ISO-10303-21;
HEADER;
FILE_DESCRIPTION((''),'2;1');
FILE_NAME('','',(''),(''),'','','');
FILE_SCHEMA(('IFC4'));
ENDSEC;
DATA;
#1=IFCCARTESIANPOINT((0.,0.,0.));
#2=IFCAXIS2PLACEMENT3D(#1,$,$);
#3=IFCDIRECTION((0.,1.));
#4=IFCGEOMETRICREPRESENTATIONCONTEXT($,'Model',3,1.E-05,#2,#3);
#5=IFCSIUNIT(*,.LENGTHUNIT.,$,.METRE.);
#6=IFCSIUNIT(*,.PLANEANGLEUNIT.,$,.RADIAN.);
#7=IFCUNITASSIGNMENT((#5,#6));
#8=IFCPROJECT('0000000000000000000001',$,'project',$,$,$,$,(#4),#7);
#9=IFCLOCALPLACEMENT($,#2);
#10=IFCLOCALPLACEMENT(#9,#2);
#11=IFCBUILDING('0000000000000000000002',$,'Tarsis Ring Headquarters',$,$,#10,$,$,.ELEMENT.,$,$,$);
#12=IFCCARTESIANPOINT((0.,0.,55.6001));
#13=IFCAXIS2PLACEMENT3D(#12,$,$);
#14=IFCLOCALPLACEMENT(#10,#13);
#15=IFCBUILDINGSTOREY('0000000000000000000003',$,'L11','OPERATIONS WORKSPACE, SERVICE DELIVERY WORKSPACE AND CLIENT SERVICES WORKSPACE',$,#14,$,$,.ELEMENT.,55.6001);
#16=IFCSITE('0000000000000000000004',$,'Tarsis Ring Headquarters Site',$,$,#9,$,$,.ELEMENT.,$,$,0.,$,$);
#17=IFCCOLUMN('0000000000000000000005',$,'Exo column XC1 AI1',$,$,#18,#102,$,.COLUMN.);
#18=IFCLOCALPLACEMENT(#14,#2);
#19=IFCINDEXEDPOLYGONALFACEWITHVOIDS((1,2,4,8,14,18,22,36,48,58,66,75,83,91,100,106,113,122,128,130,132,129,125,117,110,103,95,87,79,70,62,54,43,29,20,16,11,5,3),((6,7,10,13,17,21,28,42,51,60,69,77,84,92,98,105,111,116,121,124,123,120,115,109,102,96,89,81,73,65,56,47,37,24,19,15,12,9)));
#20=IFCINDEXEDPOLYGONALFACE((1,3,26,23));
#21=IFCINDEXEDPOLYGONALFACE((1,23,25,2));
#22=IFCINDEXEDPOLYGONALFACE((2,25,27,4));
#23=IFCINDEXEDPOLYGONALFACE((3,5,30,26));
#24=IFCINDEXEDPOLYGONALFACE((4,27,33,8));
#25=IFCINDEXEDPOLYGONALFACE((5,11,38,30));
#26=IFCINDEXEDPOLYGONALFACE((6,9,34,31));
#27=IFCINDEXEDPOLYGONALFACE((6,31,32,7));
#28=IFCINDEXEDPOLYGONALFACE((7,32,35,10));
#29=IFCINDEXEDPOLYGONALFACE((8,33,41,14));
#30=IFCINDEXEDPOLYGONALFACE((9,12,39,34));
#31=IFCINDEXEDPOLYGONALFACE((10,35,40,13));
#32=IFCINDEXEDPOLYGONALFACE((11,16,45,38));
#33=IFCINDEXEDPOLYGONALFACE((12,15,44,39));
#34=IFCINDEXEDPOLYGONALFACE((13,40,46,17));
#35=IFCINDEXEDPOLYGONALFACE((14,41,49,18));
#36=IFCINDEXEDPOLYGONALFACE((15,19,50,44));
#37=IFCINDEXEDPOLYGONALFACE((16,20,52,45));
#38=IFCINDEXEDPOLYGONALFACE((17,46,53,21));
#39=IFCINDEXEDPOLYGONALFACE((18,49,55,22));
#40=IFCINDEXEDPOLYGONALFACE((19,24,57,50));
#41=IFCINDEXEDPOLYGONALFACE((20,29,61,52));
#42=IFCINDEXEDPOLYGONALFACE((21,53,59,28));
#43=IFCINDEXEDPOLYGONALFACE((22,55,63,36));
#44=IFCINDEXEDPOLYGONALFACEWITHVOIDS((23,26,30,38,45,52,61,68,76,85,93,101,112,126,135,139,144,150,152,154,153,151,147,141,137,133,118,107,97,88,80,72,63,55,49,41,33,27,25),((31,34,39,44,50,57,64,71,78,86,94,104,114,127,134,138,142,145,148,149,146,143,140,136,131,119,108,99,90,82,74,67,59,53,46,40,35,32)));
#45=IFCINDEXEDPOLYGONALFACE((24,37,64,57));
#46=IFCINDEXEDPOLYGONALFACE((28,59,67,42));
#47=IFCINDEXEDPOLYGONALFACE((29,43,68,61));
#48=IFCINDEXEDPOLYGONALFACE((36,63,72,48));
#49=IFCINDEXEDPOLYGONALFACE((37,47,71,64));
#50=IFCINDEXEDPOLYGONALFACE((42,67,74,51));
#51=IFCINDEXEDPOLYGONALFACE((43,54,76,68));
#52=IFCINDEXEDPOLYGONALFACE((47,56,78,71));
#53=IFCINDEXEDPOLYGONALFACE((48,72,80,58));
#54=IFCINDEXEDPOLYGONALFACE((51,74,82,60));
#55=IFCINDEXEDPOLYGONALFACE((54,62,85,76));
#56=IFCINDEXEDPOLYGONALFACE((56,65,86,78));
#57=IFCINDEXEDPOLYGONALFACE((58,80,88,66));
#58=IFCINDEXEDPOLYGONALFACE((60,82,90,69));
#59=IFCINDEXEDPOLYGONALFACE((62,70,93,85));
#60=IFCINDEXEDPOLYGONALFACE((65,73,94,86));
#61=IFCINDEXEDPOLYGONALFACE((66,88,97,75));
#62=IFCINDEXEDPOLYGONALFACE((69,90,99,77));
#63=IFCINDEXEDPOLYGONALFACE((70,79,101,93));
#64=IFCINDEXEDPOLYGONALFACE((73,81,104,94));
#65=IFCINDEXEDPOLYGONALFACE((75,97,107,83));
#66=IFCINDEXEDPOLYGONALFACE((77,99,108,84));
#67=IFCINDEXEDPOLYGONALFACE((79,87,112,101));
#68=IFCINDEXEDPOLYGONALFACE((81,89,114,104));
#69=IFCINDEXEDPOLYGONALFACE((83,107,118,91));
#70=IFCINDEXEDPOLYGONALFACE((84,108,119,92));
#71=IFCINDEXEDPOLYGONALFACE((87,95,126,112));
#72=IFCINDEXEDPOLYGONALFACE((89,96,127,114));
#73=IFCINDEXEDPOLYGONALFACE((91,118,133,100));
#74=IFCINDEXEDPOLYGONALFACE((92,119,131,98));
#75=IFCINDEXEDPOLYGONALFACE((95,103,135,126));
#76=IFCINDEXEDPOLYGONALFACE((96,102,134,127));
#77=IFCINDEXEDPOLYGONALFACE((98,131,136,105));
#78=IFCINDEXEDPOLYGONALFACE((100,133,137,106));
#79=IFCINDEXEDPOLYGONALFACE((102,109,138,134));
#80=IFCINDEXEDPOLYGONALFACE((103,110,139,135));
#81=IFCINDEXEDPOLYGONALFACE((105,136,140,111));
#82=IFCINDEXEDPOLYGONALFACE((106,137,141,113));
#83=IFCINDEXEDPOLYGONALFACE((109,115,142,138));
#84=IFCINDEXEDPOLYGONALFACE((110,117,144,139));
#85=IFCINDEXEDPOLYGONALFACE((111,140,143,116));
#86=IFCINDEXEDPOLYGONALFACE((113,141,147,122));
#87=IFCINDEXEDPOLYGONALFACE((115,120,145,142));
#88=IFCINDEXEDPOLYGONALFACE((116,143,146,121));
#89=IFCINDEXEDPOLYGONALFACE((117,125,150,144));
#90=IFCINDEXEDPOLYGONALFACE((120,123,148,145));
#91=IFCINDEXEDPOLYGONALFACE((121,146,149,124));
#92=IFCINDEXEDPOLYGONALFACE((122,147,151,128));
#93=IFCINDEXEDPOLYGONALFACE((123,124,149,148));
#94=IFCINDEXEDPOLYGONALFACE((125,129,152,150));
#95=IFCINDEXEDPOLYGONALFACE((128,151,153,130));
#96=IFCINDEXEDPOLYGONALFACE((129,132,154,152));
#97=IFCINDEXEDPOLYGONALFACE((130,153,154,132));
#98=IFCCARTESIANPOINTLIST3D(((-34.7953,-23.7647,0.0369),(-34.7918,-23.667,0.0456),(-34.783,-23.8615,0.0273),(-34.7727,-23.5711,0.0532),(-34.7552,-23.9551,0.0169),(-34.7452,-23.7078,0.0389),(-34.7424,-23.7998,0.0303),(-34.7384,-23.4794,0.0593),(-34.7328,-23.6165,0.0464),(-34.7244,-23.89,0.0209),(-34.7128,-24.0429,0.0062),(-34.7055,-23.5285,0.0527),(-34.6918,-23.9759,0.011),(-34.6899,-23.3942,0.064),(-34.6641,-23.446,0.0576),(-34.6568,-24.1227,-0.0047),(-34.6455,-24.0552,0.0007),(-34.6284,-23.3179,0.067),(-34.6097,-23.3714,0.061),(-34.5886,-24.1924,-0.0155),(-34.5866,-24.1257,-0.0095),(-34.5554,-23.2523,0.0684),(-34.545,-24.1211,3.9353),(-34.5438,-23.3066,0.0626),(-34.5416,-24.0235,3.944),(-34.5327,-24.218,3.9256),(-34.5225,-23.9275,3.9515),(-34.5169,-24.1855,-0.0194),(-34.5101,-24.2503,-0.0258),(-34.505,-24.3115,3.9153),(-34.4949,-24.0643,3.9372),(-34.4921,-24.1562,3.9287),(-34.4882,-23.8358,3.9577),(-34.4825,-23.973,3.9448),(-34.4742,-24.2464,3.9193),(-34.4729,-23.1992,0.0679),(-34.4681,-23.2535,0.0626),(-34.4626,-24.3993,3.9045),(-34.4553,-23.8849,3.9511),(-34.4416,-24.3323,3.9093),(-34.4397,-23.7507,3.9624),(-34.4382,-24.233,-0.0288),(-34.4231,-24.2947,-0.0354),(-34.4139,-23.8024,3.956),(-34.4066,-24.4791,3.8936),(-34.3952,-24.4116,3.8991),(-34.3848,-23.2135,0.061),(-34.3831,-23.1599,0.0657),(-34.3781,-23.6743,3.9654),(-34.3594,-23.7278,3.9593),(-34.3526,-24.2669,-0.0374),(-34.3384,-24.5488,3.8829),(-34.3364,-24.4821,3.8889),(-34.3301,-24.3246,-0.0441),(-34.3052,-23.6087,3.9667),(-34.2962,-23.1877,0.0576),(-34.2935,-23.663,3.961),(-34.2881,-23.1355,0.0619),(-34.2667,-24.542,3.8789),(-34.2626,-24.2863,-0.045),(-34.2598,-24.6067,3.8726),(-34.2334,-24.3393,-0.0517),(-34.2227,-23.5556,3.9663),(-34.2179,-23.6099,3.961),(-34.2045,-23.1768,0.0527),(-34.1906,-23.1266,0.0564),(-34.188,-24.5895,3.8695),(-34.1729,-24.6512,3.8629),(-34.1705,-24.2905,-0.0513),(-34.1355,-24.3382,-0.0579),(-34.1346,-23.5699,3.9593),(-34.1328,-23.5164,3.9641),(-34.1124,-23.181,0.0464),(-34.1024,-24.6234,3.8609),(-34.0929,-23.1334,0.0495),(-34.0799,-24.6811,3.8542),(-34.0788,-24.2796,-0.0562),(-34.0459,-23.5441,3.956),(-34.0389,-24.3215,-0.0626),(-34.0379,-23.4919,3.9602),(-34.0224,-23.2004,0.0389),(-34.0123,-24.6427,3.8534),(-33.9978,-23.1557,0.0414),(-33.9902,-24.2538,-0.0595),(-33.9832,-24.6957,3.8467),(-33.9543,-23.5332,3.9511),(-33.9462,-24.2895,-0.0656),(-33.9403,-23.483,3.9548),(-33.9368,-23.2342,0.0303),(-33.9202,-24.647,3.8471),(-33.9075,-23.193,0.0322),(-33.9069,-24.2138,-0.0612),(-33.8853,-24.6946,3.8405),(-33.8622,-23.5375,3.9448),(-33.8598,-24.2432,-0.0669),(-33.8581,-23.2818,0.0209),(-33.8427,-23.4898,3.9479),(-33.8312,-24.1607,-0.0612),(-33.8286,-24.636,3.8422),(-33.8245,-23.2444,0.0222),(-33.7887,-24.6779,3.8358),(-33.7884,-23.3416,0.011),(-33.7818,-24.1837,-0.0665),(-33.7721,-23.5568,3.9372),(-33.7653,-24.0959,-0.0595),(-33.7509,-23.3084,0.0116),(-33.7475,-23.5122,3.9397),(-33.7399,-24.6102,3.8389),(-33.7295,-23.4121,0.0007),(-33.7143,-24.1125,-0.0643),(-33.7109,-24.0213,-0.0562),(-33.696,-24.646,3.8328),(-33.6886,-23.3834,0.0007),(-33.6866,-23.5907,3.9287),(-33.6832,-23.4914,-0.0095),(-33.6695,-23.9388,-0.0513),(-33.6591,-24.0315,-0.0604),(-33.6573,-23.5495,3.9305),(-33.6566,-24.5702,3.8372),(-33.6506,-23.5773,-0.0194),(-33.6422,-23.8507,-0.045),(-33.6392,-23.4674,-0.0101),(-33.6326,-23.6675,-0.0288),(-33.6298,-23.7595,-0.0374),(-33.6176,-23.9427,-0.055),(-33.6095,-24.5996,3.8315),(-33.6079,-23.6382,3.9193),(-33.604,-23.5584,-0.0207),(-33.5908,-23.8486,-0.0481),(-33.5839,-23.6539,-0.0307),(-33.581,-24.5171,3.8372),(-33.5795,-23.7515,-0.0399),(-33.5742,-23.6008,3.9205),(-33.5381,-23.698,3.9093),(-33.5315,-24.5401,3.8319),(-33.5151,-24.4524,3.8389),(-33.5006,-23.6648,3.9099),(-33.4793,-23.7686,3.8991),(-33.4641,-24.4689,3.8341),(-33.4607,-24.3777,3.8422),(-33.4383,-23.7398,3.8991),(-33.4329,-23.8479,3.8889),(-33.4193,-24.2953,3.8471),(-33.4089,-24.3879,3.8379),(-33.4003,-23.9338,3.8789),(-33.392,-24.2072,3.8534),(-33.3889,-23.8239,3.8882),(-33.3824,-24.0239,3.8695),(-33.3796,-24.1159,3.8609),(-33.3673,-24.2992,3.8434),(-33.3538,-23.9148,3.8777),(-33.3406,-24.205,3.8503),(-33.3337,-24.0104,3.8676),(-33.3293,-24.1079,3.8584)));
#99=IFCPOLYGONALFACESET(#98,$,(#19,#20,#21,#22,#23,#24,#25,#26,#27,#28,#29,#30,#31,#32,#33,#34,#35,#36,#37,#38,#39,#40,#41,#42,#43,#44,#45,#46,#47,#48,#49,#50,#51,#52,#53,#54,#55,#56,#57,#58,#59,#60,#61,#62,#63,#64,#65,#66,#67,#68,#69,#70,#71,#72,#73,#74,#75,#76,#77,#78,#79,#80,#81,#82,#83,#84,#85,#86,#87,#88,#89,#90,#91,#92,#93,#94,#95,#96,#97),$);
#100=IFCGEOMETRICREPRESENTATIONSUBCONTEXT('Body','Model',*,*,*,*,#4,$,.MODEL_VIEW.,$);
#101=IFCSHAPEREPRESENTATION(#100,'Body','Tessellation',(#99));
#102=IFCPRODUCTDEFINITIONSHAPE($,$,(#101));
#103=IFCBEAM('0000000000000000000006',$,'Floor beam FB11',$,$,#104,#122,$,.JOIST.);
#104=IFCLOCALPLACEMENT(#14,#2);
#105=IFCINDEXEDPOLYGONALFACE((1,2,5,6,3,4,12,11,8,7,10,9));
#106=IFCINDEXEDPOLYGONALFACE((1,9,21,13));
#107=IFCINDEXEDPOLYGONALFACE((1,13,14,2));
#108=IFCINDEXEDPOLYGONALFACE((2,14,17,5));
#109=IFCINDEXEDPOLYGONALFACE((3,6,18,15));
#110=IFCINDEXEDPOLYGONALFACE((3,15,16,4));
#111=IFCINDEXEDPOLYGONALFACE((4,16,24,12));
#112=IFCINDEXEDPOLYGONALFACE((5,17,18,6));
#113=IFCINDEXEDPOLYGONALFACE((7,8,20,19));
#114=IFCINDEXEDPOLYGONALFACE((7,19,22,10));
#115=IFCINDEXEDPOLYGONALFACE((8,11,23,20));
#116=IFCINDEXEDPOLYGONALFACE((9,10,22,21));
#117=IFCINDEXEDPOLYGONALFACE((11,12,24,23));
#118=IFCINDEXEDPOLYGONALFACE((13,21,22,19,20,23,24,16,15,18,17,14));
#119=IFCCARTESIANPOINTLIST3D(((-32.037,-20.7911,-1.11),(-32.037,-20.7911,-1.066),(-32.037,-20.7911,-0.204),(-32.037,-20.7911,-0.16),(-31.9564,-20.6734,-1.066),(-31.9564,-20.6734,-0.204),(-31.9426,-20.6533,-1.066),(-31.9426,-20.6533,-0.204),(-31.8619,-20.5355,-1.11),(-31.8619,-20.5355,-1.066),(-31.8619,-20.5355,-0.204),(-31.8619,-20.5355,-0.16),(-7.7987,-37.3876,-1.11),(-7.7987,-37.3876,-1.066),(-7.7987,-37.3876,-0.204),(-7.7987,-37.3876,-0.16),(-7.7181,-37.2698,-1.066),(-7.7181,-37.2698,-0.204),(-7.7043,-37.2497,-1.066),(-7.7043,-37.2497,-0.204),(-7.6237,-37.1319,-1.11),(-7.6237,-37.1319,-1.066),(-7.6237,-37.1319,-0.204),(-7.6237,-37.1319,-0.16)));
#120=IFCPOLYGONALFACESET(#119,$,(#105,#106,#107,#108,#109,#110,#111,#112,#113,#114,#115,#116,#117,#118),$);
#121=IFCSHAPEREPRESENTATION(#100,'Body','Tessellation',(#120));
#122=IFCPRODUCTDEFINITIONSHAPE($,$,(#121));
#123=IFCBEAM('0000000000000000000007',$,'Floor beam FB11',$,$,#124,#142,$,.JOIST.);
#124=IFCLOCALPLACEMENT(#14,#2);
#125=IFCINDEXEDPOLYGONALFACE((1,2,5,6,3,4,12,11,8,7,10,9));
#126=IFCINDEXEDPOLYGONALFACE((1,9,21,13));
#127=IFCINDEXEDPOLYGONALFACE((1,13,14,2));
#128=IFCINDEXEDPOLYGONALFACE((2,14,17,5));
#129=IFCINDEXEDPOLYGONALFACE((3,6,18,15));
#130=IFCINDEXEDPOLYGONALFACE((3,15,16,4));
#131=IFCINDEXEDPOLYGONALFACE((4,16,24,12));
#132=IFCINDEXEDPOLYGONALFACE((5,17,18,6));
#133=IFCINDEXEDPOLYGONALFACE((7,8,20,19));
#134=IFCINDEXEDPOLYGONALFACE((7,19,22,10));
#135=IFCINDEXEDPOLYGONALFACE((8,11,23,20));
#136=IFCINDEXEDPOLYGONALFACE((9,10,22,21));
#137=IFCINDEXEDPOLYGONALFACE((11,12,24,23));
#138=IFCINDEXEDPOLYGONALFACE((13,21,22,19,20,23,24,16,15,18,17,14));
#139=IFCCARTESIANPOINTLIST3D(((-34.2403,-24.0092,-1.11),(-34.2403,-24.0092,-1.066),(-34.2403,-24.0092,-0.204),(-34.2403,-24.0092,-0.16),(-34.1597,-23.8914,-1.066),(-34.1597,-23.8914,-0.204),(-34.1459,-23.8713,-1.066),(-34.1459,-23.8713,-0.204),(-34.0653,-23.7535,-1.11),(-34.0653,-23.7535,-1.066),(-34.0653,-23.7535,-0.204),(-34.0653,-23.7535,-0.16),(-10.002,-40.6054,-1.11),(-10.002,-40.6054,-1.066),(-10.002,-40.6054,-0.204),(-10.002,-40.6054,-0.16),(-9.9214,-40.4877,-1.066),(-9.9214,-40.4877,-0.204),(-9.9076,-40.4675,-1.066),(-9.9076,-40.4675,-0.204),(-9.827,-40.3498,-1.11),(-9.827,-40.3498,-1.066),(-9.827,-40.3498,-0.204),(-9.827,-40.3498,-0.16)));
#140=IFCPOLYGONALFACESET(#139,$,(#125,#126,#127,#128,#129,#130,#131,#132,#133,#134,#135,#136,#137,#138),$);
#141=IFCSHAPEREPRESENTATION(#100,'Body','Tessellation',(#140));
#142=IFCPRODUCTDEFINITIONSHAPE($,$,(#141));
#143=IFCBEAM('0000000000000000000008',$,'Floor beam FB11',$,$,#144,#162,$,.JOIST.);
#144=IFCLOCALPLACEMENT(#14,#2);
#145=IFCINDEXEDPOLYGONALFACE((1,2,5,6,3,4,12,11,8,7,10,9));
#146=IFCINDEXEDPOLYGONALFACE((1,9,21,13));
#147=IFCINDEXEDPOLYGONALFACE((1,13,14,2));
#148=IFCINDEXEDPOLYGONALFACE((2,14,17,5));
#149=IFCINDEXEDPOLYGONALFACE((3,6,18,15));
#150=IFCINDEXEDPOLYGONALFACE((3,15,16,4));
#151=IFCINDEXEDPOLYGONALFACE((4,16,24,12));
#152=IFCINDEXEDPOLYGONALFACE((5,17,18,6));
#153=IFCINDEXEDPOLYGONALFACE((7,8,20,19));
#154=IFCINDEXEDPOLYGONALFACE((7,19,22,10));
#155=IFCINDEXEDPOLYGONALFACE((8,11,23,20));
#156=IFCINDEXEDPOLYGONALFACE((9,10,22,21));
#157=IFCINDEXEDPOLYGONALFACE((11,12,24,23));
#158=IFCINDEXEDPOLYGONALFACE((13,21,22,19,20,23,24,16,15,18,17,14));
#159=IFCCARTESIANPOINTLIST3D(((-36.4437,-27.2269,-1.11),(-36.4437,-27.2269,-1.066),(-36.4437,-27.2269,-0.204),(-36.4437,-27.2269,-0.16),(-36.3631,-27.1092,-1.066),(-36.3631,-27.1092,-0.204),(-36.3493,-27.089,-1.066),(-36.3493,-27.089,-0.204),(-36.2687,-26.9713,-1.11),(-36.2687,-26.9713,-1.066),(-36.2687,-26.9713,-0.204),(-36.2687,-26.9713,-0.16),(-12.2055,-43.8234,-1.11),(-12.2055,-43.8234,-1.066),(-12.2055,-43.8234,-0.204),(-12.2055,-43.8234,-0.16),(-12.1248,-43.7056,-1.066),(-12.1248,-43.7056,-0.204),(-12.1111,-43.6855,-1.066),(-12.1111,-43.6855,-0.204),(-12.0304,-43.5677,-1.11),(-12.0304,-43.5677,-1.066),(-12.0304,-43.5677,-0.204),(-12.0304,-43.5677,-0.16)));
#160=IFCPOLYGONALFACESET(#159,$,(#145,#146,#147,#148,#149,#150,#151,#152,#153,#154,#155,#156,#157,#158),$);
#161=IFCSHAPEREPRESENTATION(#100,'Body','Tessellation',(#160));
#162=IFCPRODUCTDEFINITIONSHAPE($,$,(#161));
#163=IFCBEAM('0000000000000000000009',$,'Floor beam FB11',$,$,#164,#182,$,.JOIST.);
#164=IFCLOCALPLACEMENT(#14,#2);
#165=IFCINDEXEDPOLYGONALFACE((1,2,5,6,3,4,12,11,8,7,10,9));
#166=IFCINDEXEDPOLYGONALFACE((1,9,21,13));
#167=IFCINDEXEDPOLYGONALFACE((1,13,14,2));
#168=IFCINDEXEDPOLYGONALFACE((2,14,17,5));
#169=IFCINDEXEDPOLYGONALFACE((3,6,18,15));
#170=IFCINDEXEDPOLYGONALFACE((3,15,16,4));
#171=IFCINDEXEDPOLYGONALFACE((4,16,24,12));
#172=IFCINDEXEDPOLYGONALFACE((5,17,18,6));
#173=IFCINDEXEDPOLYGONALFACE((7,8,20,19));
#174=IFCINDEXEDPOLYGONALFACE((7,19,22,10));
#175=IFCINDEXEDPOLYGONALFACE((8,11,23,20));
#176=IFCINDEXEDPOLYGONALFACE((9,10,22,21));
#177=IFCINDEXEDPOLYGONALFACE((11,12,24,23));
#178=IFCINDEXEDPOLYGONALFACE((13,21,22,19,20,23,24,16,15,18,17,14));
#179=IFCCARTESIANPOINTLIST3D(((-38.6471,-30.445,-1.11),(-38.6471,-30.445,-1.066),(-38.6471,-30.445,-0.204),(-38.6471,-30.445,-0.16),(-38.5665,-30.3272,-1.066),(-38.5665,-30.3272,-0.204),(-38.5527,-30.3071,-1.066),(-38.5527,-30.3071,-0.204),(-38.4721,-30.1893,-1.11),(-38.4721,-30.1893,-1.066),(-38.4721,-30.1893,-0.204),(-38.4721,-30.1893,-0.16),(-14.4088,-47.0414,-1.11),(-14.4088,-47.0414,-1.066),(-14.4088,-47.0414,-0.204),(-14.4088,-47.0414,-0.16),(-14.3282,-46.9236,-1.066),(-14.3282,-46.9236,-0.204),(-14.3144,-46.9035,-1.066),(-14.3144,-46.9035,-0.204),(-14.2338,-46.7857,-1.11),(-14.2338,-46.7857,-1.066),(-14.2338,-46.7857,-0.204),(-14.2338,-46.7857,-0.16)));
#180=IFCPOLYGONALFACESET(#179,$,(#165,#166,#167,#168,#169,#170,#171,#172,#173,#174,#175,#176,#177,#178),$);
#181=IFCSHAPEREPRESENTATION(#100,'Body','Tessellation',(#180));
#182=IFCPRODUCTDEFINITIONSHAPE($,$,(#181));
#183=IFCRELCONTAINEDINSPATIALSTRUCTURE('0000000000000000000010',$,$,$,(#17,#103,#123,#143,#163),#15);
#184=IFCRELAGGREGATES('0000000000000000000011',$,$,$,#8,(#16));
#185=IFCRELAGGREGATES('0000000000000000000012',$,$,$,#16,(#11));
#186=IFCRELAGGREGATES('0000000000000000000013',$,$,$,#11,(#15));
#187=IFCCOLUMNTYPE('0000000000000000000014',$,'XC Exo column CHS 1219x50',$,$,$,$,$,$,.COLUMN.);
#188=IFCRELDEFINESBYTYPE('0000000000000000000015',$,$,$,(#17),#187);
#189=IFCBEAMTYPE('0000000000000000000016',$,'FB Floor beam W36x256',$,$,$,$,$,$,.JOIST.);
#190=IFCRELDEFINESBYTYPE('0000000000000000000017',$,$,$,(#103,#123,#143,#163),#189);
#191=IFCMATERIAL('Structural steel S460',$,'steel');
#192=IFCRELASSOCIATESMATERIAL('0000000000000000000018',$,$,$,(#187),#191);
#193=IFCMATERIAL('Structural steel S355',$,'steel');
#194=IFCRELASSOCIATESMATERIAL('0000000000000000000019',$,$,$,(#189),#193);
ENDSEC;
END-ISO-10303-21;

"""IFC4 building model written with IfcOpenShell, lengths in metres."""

from ifc_helpers import new_model, si_unit, direction, frame, origin, origin_2d, place, context, subcontext, project, spatial, hollow_circle, i_section, extrude, material, material_profile, profile_set, type_object, element, save


model = new_model("IFC4")

# Units and contexts
model_context = context("Model", 3, precision=1e-05, world=origin(), true_north=direction((0.0, 1.0)))
body_context = subcontext(model_context, "Body", "Model", "MODEL_VIEW")
ifc_project = project(units=[si_unit("LENGTHUNIT", "METRE"), si_unit("PLANEANGLEUNIT", "RADIAN")], contexts=[model_context])

# Site, building, storey
site_placement = place(None, origin())
site = spatial("IfcSite", under=ifc_project, at=site_placement, Name="Tarsis Ring Headquarters Site", CompositionType="ELEMENT", RefElevation=0.0)
building_placement = place(site_placement, origin())
building = spatial("IfcBuilding", under=site, at=building_placement, Name="Tarsis Ring Headquarters", CompositionType="ELEMENT")
storey_placement = place(building_placement, frame((0.0, 0.0, 55.6001)))
storey = spatial("IfcBuildingStorey", under=building, at=storey_placement, Name="L11", Description="OPERATIONS WORKSPACE, SERVICE DELIVERY WORKSPACE AND CLIENT SERVICES WORKSPACE", CompositionType="ELEMENT", Elevation=55.6001)

# Column
ifc_material_1 = material(Name="Structural steel S460", Category="steel")
ifc_material_profile_1 = material_profile(ifc_material_1, hollow_circle(Radius=0.6096, WallThickness=0.05, at=origin_2d()), Name="CHS 1219x50")
ifc_profile_set_1 = profile_set([ifc_material_profile_1], Name="Structural steel S460")
column_type = type_object("IfcColumnType", Name="XC Exo column CHS 1219x50", PredefinedType="COLUMN", material=ifc_profile_set_1)
column_placement = place(storey_placement, frame((-34.1875, -23.7336, 0.0007), z_axis=(0.063794, -0.090868, 0.993818), x_axis=(0.818441, 0.57459, 0.0)))
element("IfcColumn", 1, at=column_placement, inside=storey, type_object=column_type, Name="Exo column XC1 AI1", PredefinedType="COLUMN", context=body_context, shape_type="SweptSolid", body=[
    extrude(hollow_circle(Radius=0.6096, WallThickness=0.05, at=origin_2d()), origin(), (0.0, 0.0, 1.0), 3.9226),
])

# Beams
ifc_material_2 = material(Name="Structural steel S355", Category="steel")
ifc_material_profile_2 = material_profile(ifc_material_2, i_section(OverallWidth=0.3098, OverallDepth=0.95, WebThickness=0.0244, FlangeThickness=0.0439, at=origin_2d()), Name="W36x256")
ifc_profile_set_2 = profile_set([ifc_material_profile_2], Name="Structural steel S355")
beam_type_1 = type_object("IfcBeamType", Name="FB Floor beam W36x256", PredefinedType="JOIST", material=ifc_profile_set_2)
for number, where, z_axis, x_axis, name in (
    (2, (-31.9495, -20.6633, -0.635), (0.825111, -0.56497, 0.0), (0.56497, 0.825111, 0.0), "Floor beam FB11"),
    (3, (-34.1528, -23.8813, -0.635), (0.825115, -0.564965, 0.0), (0.564965, 0.825115, 0.0), "Floor beam FB11"),
    (4, (-36.3562, -27.0991, -0.635), (0.825111, -0.56497, 0.0), (0.56497, 0.825111, 0.0), "Floor beam FB11"),
    (5, (-38.5596, -30.3171, -0.635), (0.825111, -0.56497, 0.0), (0.56497, 0.825111, 0.0), "Floor beam FB11"),
):
    element("IfcBeam", number, at=place(storey_placement, frame(where, z_axis=z_axis, x_axis=x_axis)), inside=storey, type_object=beam_type_1, Name=name, PredefinedType="JOIST", context=body_context, shape_type="SweptSolid", body=[
        extrude(i_section(OverallWidth=0.3098, OverallDepth=0.95, WebThickness=0.0244, FlangeThickness=0.0439, at=origin_2d()), origin(), (0.0, 0.0, 1.0), 29.3757),
    ])

save(model, "model.ifc")
